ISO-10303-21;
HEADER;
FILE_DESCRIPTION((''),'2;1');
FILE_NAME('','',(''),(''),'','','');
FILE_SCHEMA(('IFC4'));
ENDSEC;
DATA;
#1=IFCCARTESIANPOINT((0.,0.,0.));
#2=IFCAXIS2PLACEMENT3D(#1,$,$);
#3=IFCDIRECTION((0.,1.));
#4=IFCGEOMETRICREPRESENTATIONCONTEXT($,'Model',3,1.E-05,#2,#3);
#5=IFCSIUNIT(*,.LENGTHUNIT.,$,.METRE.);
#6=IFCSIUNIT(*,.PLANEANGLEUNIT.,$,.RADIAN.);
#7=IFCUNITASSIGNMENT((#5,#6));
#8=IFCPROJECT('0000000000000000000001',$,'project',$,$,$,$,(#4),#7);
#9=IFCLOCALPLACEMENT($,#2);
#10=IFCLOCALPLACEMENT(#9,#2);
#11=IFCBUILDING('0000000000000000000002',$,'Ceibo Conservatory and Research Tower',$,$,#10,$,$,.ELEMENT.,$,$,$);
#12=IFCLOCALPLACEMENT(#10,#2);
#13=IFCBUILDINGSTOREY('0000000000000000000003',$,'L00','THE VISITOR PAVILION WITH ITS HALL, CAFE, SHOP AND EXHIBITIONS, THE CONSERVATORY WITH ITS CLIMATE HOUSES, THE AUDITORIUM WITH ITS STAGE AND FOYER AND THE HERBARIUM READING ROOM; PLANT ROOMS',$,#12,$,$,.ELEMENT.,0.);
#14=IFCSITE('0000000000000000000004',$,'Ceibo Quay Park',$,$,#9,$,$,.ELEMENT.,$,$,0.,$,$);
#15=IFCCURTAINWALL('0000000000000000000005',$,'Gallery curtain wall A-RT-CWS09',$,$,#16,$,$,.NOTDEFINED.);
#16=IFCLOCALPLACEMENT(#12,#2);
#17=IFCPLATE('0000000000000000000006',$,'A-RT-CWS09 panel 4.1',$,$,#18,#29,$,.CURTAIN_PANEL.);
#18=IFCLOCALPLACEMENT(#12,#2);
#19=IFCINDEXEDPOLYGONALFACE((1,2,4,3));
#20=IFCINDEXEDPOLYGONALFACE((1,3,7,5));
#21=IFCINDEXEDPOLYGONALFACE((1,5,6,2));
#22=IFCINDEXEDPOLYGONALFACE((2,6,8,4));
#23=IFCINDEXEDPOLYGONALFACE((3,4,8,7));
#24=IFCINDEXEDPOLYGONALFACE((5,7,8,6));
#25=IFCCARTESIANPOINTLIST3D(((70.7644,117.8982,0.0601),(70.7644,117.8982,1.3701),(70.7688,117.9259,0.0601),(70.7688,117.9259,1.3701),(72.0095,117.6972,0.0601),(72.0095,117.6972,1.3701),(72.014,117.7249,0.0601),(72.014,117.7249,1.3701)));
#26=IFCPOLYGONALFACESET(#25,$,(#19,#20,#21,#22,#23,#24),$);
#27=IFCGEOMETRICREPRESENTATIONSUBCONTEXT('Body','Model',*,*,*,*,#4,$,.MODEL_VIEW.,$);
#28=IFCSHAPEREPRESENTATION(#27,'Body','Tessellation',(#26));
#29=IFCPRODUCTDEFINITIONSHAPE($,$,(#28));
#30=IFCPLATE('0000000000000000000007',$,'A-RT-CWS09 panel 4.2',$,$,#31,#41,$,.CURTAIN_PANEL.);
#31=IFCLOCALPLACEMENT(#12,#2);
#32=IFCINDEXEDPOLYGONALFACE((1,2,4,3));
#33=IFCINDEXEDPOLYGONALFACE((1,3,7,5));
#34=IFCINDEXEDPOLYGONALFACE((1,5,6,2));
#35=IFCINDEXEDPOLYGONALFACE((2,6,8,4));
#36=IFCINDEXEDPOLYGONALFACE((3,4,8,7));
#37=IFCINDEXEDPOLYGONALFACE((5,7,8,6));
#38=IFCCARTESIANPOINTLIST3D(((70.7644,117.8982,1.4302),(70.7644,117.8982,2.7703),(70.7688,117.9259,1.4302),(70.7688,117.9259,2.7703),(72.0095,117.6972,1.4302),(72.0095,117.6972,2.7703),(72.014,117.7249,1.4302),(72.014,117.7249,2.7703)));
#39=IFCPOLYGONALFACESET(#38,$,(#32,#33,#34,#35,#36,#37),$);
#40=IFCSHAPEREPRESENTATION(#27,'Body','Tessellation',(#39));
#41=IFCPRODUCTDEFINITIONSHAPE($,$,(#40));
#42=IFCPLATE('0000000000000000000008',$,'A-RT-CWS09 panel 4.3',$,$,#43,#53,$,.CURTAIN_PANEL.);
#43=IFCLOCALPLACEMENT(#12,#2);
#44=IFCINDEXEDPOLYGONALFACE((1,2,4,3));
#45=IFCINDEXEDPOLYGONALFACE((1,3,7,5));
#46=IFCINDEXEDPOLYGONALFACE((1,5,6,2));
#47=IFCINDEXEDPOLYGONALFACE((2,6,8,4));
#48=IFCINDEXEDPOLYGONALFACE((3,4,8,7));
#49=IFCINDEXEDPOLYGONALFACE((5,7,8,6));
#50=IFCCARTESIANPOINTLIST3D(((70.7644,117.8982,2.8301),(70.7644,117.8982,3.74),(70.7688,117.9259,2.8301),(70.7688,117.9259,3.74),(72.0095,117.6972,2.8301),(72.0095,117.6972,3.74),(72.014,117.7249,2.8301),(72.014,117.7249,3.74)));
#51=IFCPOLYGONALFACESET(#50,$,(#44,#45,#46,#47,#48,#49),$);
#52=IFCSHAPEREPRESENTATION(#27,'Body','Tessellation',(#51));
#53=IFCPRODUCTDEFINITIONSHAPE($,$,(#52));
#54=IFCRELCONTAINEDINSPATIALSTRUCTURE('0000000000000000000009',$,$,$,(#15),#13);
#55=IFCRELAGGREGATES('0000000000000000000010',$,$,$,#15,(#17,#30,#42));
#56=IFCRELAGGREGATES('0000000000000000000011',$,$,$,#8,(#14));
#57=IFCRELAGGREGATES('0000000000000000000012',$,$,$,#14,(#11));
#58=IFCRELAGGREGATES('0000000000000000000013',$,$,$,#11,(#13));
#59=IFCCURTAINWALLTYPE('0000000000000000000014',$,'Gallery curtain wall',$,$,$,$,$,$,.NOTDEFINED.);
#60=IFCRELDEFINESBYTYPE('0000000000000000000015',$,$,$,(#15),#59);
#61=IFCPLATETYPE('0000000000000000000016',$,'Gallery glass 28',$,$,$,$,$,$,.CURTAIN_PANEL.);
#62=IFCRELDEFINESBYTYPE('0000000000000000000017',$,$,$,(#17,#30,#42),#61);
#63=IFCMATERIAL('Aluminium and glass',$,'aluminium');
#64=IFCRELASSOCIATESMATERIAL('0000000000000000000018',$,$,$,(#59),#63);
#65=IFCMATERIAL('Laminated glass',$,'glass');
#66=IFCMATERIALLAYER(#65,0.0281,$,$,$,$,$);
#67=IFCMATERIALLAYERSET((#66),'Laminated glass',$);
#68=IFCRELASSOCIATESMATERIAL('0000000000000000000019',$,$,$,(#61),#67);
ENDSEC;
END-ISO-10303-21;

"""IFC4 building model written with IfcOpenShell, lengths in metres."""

from ifc_helpers import new_model, si_unit, direction, frame, origin, origin_2d, place, context, subcontext, project, spatial, rectangle, extrude, material, layer, layer_set, type_object, element, aggregate, save


model = new_model("IFC4")

# Units and contexts
model_context = context("Model", 3, precision=1e-05, world=origin(), true_north=direction((0.0, 1.0)))
body_context = subcontext(model_context, "Body", "Model", "MODEL_VIEW")
ifc_project = project(units=[si_unit("LENGTHUNIT", "METRE"), si_unit("PLANEANGLEUNIT", "RADIAN")], contexts=[model_context])

# Site, building, storey
site_placement = place(None, origin())
site = spatial("IfcSite", under=ifc_project, at=site_placement, Name="Ceibo Quay Park", CompositionType="ELEMENT", RefElevation=0.0)
building_placement = place(site_placement, origin())
building = spatial("IfcBuilding", under=site, at=building_placement, Name="Ceibo Conservatory and Research Tower", CompositionType="ELEMENT")
storey_placement = place(building_placement, origin())
storey = spatial("IfcBuildingStorey", under=building, at=storey_placement, Name="L00", Description="THE VISITOR PAVILION WITH ITS HALL, CAFE, SHOP AND EXHIBITIONS, THE CONSERVATORY WITH ITS CLIMATE HOUSES, THE AUDITORIUM WITH ITS STAGE AND FOYER AND THE HERBARIUM READING ROOM; PLANT ROOMS", CompositionType="ELEMENT", Elevation=0.0)

# Curtain wall, plates
ifc_material_1 = material(Name="Aluminium and glass", Category="aluminium")
curtain_wall_type = type_object("IfcCurtainWallType", Name="Gallery curtain wall", PredefinedType="NOTDEFINED", material=ifc_material_1)
curtain_wall_placement = place(storey_placement, origin())
curtain_wall = element("IfcCurtainWall", 1, at=curtain_wall_placement, inside=storey, type_object=curtain_wall_type, Name="Gallery curtain wall A-RT-CWS09", PredefinedType="NOTDEFINED")
ifc_material_2 = material(Name="Laminated glass", Category="glass")
ifc_layer = layer(ifc_material_2, 0.0281)
ifc_layer_set = layer_set([ifc_layer], Name="Laminated glass")
plate_type = type_object("IfcPlateType", Name="Gallery glass 28", PredefinedType="CURTAIN_PANEL", material=ifc_layer_set)
plate_1_placement = place(storey_placement, frame((71.3892, 117.8115, 0.0601), z_axis=(0.0, 0.0, 1.0), x_axis=(-0.987216, 0.159391, 0.0)))
plate_1 = element("IfcPlate", 2, at=plate_1_placement, type_object=plate_type, Name="A-RT-CWS09 panel 4.1", PredefinedType="CURTAIN_PANEL", context=body_context, shape_type="SweptSolid", body=[
    extrude(rectangle(XDim=1.2612, YDim=0.0281, at=origin_2d()), origin(), (0.0, 0.0, 1.0), 1.3101),
])
plate_2_placement = place(storey_placement, frame((71.3892, 117.8115, 1.4302), z_axis=(0.0, 0.0, 1.0), x_axis=(-0.987216, 0.159391, 0.0)))
plate_2 = element("IfcPlate", 3, at=plate_2_placement, type_object=plate_type, Name="A-RT-CWS09 panel 4.2", PredefinedType="CURTAIN_PANEL", context=body_context, shape_type="SweptSolid", body=[
    extrude(rectangle(XDim=1.2612, YDim=0.0281, at=origin_2d()), origin(), (0.0, 0.0, 1.0), 1.3401),
])
plate_3_placement = place(storey_placement, frame((71.3892, 117.8115, 2.8301), z_axis=(0.0, 0.0, 1.0), x_axis=(-0.987216, 0.159391, 0.0)))
plate_3 = element("IfcPlate", 4, at=plate_3_placement, type_object=plate_type, Name="A-RT-CWS09 panel 4.3", PredefinedType="CURTAIN_PANEL", context=body_context, shape_type="SweptSolid", body=[
    extrude(rectangle(XDim=1.2612, YDim=0.0281, at=origin_2d()), origin(), (0.0, 0.0, 1.0), 0.9099),
])
aggregate(curtain_wall, [plate_1, plate_2, plate_3])

save(model, "model.ifc")
